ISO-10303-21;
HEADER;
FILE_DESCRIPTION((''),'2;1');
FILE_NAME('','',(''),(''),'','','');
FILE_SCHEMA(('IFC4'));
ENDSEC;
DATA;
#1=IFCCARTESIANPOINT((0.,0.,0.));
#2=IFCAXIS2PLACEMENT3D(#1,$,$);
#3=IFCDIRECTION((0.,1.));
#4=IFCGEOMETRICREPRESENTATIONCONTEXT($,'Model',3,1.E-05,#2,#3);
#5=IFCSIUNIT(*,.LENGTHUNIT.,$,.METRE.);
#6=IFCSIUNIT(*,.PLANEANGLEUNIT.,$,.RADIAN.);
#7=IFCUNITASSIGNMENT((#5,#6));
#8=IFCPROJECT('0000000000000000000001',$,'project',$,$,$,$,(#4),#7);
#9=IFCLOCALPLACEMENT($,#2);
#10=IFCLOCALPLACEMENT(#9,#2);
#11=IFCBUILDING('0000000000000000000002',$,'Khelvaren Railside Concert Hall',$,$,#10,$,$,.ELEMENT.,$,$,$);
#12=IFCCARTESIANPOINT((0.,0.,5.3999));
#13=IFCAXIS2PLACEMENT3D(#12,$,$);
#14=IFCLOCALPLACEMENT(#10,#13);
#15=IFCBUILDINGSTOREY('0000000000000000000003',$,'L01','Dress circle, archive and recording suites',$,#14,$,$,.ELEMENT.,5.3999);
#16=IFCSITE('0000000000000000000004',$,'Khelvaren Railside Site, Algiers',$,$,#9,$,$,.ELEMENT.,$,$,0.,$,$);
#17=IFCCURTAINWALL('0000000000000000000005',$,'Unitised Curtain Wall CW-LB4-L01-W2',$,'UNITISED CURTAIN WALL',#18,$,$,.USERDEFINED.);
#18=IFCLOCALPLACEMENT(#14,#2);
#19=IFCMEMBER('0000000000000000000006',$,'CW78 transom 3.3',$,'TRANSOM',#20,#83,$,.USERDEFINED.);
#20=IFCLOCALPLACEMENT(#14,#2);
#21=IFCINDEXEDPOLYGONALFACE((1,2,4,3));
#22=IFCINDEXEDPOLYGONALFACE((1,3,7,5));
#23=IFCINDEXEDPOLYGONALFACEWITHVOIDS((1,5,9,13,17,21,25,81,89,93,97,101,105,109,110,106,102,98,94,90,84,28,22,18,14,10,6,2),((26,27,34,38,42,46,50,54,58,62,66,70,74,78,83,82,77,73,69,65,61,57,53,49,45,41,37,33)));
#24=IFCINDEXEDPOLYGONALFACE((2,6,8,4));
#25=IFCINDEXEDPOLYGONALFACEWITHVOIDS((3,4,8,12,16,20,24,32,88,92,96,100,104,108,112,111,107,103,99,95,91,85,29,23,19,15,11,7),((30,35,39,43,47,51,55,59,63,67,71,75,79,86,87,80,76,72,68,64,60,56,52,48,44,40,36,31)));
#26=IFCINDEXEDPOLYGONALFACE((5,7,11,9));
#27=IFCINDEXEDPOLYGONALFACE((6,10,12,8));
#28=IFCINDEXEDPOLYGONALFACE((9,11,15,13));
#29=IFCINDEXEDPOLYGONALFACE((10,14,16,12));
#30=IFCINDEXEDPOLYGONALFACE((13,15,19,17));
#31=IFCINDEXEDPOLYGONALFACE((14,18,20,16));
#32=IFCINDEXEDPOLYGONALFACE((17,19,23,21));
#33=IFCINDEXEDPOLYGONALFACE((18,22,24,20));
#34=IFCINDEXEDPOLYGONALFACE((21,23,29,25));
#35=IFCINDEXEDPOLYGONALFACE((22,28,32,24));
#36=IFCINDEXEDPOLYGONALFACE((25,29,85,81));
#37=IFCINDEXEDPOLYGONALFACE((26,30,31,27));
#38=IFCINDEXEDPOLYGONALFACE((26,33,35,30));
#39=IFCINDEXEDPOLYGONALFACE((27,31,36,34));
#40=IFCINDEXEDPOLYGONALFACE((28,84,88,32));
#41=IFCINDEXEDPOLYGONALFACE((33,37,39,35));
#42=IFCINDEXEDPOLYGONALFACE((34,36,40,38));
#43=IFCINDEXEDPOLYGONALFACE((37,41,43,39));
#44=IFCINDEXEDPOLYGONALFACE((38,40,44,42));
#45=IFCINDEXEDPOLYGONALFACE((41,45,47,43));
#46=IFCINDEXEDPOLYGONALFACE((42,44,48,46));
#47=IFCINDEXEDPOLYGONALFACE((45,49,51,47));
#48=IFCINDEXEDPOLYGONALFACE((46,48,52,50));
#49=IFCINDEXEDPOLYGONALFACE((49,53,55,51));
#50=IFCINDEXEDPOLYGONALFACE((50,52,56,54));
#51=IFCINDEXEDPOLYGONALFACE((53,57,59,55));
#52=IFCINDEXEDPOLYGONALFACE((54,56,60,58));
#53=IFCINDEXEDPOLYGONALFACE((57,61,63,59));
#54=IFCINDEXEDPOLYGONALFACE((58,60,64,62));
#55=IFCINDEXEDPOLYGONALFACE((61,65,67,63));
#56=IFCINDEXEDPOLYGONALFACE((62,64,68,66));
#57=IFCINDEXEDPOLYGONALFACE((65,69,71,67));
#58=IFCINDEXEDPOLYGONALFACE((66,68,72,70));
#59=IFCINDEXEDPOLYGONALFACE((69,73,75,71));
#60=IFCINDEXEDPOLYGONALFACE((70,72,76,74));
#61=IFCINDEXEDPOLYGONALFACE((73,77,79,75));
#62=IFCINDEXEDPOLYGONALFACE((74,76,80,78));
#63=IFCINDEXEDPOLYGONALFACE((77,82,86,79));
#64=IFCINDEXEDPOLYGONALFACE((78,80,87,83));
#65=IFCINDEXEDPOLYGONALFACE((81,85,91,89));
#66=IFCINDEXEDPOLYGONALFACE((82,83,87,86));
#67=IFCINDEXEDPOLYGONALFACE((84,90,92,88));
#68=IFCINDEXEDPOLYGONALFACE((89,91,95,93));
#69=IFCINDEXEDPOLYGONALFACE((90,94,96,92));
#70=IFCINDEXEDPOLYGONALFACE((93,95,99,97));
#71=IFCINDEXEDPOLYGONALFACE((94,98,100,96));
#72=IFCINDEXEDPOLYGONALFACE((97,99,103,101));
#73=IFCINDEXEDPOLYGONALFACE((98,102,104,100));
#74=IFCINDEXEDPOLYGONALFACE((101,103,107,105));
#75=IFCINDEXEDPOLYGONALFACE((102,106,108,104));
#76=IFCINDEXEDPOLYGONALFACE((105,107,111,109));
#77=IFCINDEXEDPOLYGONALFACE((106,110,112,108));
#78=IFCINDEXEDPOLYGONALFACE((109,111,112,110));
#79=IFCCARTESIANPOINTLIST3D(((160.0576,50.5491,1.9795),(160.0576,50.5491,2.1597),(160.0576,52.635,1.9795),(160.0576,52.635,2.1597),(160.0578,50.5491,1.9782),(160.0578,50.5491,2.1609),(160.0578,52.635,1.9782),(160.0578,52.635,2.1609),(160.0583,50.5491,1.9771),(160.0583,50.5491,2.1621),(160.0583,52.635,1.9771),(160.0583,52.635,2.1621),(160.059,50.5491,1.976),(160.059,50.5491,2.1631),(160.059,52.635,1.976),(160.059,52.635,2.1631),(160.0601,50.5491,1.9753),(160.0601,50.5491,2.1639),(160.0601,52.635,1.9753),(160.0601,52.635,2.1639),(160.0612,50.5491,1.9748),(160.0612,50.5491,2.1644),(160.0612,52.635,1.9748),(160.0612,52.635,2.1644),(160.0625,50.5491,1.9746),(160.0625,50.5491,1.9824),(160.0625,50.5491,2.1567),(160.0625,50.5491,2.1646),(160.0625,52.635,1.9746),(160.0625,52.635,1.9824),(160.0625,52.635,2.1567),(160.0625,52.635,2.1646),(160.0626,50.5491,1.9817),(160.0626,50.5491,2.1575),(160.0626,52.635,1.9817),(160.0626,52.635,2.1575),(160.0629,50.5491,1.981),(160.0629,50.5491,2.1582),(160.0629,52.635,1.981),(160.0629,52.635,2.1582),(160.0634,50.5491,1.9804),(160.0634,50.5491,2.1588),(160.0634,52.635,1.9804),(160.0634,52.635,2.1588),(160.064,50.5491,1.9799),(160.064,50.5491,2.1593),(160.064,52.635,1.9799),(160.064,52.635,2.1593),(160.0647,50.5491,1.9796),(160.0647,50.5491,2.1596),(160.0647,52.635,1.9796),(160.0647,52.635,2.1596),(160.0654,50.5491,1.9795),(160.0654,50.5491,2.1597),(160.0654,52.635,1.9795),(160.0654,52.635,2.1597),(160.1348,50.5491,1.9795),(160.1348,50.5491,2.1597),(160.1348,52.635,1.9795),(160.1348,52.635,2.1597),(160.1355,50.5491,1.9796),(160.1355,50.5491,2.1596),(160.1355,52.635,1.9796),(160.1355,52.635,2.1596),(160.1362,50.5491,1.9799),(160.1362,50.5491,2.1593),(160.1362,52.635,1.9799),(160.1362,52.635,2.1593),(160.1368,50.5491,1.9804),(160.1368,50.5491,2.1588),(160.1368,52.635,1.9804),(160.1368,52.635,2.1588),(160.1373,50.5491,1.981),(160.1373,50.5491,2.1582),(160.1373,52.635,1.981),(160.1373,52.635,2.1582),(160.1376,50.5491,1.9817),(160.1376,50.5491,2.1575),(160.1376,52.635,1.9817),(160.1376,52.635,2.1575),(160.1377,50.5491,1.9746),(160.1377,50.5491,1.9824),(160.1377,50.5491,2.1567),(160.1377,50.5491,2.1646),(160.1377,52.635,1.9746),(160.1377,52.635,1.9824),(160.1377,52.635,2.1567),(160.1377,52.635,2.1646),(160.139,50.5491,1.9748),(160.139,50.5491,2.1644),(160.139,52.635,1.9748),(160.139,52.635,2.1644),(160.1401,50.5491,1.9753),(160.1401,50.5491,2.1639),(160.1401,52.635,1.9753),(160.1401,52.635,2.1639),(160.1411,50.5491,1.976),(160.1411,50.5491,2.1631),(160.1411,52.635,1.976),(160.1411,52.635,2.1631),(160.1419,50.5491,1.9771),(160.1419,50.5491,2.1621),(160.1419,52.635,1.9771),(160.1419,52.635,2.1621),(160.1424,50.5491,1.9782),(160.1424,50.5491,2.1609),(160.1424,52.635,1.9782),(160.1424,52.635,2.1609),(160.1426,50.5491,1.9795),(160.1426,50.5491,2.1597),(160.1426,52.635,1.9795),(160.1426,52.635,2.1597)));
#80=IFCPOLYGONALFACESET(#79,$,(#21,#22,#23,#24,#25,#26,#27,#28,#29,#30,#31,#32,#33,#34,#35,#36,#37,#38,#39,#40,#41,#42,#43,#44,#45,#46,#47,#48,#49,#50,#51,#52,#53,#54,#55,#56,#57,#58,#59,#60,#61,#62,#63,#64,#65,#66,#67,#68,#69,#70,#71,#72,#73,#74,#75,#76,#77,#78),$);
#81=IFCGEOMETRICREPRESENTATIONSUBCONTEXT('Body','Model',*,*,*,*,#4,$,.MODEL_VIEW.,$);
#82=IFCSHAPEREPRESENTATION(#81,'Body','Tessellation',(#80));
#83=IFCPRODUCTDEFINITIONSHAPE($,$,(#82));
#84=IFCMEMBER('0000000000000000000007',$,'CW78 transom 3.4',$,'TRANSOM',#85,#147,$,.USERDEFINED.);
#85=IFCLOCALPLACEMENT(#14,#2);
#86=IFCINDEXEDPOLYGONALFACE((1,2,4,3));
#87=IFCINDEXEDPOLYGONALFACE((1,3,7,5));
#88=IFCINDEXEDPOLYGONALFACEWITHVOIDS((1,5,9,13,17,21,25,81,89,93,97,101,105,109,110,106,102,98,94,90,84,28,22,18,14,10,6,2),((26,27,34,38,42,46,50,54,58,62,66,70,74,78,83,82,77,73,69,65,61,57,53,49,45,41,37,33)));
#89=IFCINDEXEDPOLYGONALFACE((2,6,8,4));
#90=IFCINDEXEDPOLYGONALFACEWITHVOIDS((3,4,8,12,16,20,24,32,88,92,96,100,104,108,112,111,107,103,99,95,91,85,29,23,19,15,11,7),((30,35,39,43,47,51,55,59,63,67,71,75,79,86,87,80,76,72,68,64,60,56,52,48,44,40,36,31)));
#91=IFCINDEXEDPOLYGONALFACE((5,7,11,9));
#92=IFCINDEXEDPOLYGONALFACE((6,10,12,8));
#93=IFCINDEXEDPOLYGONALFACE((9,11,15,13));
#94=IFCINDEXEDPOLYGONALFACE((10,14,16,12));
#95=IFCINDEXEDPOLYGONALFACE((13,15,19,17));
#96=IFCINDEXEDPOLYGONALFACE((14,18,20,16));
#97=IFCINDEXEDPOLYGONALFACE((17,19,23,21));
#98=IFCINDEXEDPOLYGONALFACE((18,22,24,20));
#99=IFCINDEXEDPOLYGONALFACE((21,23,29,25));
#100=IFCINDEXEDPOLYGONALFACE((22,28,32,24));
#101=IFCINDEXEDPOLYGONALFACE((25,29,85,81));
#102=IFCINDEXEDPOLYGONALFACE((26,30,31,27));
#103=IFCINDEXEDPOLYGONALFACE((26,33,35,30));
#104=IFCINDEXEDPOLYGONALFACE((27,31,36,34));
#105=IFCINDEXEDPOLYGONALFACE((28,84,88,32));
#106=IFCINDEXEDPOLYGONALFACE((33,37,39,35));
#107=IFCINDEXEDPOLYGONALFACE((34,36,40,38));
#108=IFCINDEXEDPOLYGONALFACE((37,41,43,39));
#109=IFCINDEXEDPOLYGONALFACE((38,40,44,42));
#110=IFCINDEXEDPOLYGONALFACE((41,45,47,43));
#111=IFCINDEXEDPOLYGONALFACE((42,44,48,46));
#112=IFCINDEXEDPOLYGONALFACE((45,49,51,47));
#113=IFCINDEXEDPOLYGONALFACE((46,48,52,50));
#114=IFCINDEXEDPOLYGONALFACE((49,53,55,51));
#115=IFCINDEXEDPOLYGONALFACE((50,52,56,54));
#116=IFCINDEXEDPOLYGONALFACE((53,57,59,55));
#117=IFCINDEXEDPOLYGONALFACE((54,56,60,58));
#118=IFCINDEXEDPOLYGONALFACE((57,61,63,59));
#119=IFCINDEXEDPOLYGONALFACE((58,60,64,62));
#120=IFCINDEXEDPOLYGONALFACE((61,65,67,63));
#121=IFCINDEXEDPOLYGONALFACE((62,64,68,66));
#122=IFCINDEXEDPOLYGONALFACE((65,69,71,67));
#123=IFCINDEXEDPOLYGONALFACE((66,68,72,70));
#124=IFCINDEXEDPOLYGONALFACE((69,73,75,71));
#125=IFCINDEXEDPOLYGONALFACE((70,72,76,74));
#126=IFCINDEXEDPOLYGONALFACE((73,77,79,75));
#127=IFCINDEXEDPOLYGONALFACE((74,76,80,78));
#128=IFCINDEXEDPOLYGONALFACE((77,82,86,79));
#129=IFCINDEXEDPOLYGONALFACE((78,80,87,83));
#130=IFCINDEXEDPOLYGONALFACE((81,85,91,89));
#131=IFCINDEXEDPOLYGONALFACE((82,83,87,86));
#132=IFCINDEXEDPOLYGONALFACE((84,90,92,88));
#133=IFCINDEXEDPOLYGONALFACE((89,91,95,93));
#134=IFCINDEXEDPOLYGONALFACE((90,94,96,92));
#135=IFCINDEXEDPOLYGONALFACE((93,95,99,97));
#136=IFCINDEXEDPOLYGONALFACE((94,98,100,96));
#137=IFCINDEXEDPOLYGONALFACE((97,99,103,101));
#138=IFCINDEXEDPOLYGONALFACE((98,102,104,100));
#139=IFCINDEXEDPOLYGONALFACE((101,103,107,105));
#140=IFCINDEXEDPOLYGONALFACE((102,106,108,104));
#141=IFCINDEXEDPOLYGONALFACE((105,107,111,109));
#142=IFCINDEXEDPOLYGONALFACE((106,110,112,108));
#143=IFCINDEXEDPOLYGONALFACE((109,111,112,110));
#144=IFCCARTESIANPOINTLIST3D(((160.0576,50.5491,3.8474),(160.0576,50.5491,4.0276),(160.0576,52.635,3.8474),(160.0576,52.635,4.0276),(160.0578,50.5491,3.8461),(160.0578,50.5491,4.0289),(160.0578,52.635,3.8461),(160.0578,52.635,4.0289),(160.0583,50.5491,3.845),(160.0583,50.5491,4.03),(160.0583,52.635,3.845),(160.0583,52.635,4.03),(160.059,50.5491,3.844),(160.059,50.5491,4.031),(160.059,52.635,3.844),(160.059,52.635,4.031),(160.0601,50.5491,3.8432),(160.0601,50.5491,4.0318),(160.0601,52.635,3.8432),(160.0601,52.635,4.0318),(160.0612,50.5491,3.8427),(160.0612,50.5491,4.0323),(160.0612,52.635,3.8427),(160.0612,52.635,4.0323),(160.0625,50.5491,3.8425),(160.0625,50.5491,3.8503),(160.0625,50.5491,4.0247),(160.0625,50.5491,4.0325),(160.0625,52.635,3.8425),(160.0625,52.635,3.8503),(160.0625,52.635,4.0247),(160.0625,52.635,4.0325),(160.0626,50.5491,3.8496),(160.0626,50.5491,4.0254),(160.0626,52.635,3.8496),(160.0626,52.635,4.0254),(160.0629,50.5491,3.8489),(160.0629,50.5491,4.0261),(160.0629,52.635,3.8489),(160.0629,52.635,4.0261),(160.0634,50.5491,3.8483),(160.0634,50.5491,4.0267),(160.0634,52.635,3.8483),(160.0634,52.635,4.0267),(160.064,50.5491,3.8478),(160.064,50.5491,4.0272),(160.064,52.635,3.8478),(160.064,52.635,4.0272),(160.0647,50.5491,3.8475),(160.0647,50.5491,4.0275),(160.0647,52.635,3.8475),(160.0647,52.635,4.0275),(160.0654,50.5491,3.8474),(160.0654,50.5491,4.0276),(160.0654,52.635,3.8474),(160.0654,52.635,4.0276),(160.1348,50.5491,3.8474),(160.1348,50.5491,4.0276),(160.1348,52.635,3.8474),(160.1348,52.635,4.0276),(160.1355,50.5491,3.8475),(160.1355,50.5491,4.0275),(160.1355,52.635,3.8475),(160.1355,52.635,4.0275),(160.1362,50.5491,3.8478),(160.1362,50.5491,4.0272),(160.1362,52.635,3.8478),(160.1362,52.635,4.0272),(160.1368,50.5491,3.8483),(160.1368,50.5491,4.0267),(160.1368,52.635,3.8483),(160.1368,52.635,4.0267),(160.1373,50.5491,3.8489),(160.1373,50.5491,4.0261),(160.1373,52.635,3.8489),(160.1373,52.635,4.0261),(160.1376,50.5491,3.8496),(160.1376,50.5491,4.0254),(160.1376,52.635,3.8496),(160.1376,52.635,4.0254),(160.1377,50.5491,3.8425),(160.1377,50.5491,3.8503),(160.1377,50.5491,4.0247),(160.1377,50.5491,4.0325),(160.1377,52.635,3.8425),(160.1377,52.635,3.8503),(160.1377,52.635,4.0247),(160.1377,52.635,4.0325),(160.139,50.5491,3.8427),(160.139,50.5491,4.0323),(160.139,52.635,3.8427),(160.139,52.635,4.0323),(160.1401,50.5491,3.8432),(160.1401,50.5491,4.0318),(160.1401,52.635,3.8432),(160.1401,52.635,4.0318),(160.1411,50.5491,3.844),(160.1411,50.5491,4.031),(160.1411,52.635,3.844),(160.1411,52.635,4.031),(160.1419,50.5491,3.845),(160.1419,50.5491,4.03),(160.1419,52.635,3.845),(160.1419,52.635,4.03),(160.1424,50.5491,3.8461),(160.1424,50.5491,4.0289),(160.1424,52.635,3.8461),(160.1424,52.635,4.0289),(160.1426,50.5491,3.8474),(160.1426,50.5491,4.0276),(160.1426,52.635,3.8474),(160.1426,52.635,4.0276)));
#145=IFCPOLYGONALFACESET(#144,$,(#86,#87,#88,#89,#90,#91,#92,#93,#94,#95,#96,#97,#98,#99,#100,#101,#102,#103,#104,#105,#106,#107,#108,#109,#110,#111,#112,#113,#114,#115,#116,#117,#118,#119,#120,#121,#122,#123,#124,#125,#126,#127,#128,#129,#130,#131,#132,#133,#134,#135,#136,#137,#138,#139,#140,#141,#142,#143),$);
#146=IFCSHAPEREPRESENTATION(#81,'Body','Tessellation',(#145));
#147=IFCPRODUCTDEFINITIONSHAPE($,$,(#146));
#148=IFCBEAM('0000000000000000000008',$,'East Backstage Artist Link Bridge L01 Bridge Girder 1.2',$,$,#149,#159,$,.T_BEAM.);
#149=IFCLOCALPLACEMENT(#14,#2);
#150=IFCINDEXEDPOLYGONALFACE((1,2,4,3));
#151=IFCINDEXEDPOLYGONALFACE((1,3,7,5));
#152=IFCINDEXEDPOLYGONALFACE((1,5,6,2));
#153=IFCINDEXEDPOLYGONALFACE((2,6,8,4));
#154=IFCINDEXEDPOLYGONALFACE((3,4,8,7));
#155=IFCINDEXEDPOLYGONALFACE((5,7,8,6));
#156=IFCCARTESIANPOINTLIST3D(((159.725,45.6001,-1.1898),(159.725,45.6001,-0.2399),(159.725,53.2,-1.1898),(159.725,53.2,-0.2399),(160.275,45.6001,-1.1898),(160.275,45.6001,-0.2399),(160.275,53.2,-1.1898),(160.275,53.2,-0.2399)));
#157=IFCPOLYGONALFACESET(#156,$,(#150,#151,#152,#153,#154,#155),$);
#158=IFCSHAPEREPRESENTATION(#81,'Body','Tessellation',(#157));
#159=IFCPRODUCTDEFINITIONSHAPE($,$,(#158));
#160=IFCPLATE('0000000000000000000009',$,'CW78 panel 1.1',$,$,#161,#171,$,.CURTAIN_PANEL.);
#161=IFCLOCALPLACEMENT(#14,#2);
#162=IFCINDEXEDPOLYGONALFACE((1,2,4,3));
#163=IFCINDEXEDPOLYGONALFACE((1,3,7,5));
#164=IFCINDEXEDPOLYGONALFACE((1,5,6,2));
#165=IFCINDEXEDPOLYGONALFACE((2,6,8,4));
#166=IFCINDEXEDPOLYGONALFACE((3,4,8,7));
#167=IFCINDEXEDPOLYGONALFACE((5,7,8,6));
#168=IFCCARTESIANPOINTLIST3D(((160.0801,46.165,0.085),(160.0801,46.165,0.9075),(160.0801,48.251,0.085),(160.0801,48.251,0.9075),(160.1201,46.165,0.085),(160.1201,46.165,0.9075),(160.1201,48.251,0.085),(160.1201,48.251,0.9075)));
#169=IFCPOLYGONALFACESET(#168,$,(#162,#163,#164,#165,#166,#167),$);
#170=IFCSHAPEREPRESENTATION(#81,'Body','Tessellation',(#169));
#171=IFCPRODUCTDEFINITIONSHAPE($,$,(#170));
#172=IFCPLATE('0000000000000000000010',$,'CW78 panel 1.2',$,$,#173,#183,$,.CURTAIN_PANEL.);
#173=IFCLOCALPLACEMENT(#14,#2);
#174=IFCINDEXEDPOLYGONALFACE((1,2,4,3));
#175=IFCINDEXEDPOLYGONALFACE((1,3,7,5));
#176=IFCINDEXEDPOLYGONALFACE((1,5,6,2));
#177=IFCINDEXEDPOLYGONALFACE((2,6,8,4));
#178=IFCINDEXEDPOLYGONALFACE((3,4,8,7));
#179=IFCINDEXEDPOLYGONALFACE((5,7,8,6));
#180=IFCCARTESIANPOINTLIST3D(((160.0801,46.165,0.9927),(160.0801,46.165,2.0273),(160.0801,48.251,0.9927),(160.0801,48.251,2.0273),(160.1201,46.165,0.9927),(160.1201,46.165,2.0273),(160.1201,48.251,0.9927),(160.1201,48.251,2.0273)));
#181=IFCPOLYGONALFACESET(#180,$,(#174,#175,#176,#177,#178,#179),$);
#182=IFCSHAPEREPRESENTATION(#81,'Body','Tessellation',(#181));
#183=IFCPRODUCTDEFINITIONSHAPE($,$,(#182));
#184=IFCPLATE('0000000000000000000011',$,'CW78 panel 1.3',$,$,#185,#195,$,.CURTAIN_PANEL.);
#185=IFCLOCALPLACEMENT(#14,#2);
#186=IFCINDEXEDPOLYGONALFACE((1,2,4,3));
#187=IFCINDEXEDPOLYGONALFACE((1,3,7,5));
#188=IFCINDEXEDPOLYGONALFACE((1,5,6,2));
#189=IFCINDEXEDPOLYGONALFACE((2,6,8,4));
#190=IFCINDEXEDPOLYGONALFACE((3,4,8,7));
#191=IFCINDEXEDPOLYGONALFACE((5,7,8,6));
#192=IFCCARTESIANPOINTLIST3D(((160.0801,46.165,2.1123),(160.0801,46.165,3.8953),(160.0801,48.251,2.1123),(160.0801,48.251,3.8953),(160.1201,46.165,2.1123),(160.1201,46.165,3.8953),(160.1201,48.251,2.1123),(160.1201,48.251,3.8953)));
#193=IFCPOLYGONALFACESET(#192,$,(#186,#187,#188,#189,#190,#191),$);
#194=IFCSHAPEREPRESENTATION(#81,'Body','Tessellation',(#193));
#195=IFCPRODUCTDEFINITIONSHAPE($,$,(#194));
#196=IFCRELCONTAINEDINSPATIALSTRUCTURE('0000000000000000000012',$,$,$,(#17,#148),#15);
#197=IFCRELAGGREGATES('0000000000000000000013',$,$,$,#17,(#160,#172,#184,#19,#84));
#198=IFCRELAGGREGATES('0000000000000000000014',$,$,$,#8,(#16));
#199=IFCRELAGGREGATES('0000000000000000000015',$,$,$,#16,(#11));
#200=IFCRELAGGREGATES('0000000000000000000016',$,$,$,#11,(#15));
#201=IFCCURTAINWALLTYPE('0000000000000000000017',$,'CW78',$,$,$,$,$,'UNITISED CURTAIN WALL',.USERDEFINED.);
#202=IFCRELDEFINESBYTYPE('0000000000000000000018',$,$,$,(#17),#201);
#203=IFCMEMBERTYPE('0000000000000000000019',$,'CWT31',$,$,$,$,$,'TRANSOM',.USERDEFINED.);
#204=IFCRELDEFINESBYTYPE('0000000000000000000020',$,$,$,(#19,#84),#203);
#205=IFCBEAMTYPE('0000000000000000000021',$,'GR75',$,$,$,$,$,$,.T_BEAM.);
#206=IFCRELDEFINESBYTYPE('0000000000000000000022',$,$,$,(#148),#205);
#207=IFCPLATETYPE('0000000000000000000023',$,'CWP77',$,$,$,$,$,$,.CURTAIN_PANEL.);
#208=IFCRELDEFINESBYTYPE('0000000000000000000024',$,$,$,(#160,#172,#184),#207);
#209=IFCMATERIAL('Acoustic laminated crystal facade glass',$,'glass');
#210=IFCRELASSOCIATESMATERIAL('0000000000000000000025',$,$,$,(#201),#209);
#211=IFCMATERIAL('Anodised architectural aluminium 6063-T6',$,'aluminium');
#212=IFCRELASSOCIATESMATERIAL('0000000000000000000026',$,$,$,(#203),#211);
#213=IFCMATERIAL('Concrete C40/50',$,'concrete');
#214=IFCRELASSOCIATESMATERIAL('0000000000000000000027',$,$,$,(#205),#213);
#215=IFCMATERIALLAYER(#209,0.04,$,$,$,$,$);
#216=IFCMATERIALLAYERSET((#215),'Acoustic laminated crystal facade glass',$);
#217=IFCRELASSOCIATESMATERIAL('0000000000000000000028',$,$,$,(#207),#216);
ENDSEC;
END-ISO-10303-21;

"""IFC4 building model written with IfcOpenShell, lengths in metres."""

from ifc_helpers import new_model, si_unit, direction, frame, origin, origin_2d, place, context, subcontext, project, spatial, rectangle, hollow_rectangle, extrude, material, layer, layer_set, material_profile, profile_set, type_object, element, aggregate, save


model = new_model("IFC4")

# Units and contexts
model_context = context("Model", 3, precision=1e-05, world=origin(), true_north=direction((0.0, 1.0)))
body_context = subcontext(model_context, "Body", "Model", "MODEL_VIEW")
ifc_project = project(units=[si_unit("LENGTHUNIT", "METRE"), si_unit("PLANEANGLEUNIT", "RADIAN")], contexts=[model_context])

# Site, building, storey
site_placement = place(None, origin())
site = spatial("IfcSite", under=ifc_project, at=site_placement, Name="Khelvaren Railside Site, Algiers", CompositionType="ELEMENT", RefElevation=0.0)
building_placement = place(site_placement, origin())
building = spatial("IfcBuilding", under=site, at=building_placement, Name="Khelvaren Railside Concert Hall", CompositionType="ELEMENT")
storey_placement = place(building_placement, frame((0.0, 0.0, 5.3999)))
storey = spatial("IfcBuildingStorey", under=building, at=storey_placement, Name="L01", Description="Dress circle, archive and recording suites", CompositionType="ELEMENT", Elevation=5.3999)

# Curtain wall, members
ifc_material_1 = material(Name="Acoustic laminated crystal facade glass", Category="glass")
curtain_wall_type = type_object("IfcCurtainWallType", Name="CW78", ElementType="UNITISED CURTAIN WALL", PredefinedType="USERDEFINED", material=ifc_material_1)
curtain_wall_placement = place(storey_placement, origin())
curtain_wall = element("IfcCurtainWall", 1, at=curtain_wall_placement, inside=storey, type_object=curtain_wall_type, Name="Unitised Curtain Wall CW-LB4-L01-W2", ObjectType="UNITISED CURTAIN WALL", PredefinedType="USERDEFINED")
ifc_material_2 = material(Name="Anodised architectural aluminium 6063-T6", Category="aluminium")
ifc_material_profile_1 = material_profile(ifc_material_2, hollow_rectangle(XDim=0.085, YDim=0.1899, WallThickness=0.0049, InnerFilletRadius=0.0029, OuterFilletRadius=0.0049, at=origin_2d()), Name="CWT 85x190x5")
ifc_profile_set_1 = profile_set([ifc_material_profile_1], Name="Anodised architectural aluminium 6063-T6")
member_type_1 = type_object("IfcMemberType", Name="CWT31", ElementType="TRANSOM", PredefinedType="USERDEFINED", material=ifc_profile_set_1)
member_1_placement = place(storey_placement, frame((160.1001, 50.5491, 2.0696), z_axis=(0.0, 1.0, 0.0), x_axis=(-1.0, 0.0, 0.0)))
member_1 = element("IfcMember", 2, at=member_1_placement, type_object=member_type_1, Name="CW78 transom 3.3", ObjectType="TRANSOM", PredefinedType="USERDEFINED", context=body_context, shape_type="SweptSolid", body=[
    extrude(hollow_rectangle(XDim=0.085, YDim=0.1899, WallThickness=0.0049, InnerFilletRadius=0.0029, OuterFilletRadius=0.0049, at=origin_2d()), origin(), (0.0, 0.0, 1.0), 2.0859),
])
member_2_placement = place(storey_placement, frame((160.1001, 50.5491, 3.9375), z_axis=(0.0, 1.0, 0.0), x_axis=(-1.0, 0.0, 0.0)))
member_2 = element("IfcMember", 3, at=member_2_placement, type_object=member_type_1, Name="CW78 transom 3.4", ObjectType="TRANSOM", PredefinedType="USERDEFINED", context=body_context, shape_type="SweptSolid", body=[
    extrude(hollow_rectangle(XDim=0.085, YDim=0.1899, WallThickness=0.0049, InnerFilletRadius=0.0029, OuterFilletRadius=0.0049, at=origin_2d()), origin(), (0.0, 0.0, 1.0), 2.0859),
])

# Beam
ifc_material_3 = material(Name="Concrete C40/50", Category="concrete")
ifc_material_profile_2 = material_profile(ifc_material_3, rectangle(XDim=0.55, YDim=0.95, at=origin_2d()), Name="RCB 550x950")
ifc_profile_set_2 = profile_set([ifc_material_profile_2], Name="Concrete C40/50")
beam_type = type_object("IfcBeamType", Name="GR75", PredefinedType="T_BEAM", material=ifc_profile_set_2)
beam_placement = place(storey_placement, frame((160.0, 45.6001, -0.7148), z_axis=(0.0, 1.0, 0.0), x_axis=(-1.0, 0.0, 0.0)))
element("IfcBeam", 4, at=beam_placement, inside=storey, type_object=beam_type, Name="East Backstage Artist Link Bridge L01 Bridge Girder 1.2", PredefinedType="T_BEAM", context=body_context, shape_type="SweptSolid", body=[
    extrude(rectangle(XDim=0.55, YDim=0.95, at=origin_2d()), origin(), (0.0, 0.0, 1.0), 7.5999),
])

# Plates
ifc_layer = layer(ifc_material_1, 0.04)
ifc_layer_set = layer_set([ifc_layer], Name="Acoustic laminated crystal facade glass")
plate_type = type_object("IfcPlateType", Name="CWP77", PredefinedType="CURTAIN_PANEL", material=ifc_layer_set)
plate_1_placement = place(storey_placement, frame((160.1001, 47.208, 0.085), z_axis=(0.0, 0.0, 1.0), x_axis=(0.0, 1.0, 0.0)))
plate_1 = element("IfcPlate", 5, at=plate_1_placement, type_object=plate_type, Name="CW78 panel 1.1", PredefinedType="CURTAIN_PANEL", context=body_context, shape_type="SweptSolid", body=[
    extrude(rectangle(XDim=2.0859, YDim=0.04, at=origin_2d()), origin(), (0.0, 0.0, 1.0), 0.8225),
])
plate_2_placement = place(storey_placement, frame((160.1001, 47.208, 0.9927), z_axis=(0.0, 0.0, 1.0), x_axis=(0.0, 1.0, 0.0)))
plate_2 = element("IfcPlate", 6, at=plate_2_placement, type_object=plate_type, Name="CW78 panel 1.2", PredefinedType="CURTAIN_PANEL", context=body_context, shape_type="SweptSolid", body=[
    extrude(rectangle(XDim=2.0859, YDim=0.04, at=origin_2d()), origin(), (0.0, 0.0, 1.0), 1.0347),
])
plate_3_placement = place(storey_placement, frame((160.1001, 47.208, 2.1123), z_axis=(0.0, 0.0, 1.0), x_axis=(0.0, 1.0, 0.0)))
plate_3 = element("IfcPlate", 7, at=plate_3_placement, type_object=plate_type, Name="CW78 panel 1.3", PredefinedType="CURTAIN_PANEL", context=body_context, shape_type="SweptSolid", body=[
    extrude(rectangle(XDim=2.0859, YDim=0.04, at=origin_2d()), origin(), (0.0, 0.0, 1.0), 1.783),
])
aggregate(curtain_wall, [plate_1, plate_2, plate_3, member_1, member_2])

save(model, "model.ifc")
